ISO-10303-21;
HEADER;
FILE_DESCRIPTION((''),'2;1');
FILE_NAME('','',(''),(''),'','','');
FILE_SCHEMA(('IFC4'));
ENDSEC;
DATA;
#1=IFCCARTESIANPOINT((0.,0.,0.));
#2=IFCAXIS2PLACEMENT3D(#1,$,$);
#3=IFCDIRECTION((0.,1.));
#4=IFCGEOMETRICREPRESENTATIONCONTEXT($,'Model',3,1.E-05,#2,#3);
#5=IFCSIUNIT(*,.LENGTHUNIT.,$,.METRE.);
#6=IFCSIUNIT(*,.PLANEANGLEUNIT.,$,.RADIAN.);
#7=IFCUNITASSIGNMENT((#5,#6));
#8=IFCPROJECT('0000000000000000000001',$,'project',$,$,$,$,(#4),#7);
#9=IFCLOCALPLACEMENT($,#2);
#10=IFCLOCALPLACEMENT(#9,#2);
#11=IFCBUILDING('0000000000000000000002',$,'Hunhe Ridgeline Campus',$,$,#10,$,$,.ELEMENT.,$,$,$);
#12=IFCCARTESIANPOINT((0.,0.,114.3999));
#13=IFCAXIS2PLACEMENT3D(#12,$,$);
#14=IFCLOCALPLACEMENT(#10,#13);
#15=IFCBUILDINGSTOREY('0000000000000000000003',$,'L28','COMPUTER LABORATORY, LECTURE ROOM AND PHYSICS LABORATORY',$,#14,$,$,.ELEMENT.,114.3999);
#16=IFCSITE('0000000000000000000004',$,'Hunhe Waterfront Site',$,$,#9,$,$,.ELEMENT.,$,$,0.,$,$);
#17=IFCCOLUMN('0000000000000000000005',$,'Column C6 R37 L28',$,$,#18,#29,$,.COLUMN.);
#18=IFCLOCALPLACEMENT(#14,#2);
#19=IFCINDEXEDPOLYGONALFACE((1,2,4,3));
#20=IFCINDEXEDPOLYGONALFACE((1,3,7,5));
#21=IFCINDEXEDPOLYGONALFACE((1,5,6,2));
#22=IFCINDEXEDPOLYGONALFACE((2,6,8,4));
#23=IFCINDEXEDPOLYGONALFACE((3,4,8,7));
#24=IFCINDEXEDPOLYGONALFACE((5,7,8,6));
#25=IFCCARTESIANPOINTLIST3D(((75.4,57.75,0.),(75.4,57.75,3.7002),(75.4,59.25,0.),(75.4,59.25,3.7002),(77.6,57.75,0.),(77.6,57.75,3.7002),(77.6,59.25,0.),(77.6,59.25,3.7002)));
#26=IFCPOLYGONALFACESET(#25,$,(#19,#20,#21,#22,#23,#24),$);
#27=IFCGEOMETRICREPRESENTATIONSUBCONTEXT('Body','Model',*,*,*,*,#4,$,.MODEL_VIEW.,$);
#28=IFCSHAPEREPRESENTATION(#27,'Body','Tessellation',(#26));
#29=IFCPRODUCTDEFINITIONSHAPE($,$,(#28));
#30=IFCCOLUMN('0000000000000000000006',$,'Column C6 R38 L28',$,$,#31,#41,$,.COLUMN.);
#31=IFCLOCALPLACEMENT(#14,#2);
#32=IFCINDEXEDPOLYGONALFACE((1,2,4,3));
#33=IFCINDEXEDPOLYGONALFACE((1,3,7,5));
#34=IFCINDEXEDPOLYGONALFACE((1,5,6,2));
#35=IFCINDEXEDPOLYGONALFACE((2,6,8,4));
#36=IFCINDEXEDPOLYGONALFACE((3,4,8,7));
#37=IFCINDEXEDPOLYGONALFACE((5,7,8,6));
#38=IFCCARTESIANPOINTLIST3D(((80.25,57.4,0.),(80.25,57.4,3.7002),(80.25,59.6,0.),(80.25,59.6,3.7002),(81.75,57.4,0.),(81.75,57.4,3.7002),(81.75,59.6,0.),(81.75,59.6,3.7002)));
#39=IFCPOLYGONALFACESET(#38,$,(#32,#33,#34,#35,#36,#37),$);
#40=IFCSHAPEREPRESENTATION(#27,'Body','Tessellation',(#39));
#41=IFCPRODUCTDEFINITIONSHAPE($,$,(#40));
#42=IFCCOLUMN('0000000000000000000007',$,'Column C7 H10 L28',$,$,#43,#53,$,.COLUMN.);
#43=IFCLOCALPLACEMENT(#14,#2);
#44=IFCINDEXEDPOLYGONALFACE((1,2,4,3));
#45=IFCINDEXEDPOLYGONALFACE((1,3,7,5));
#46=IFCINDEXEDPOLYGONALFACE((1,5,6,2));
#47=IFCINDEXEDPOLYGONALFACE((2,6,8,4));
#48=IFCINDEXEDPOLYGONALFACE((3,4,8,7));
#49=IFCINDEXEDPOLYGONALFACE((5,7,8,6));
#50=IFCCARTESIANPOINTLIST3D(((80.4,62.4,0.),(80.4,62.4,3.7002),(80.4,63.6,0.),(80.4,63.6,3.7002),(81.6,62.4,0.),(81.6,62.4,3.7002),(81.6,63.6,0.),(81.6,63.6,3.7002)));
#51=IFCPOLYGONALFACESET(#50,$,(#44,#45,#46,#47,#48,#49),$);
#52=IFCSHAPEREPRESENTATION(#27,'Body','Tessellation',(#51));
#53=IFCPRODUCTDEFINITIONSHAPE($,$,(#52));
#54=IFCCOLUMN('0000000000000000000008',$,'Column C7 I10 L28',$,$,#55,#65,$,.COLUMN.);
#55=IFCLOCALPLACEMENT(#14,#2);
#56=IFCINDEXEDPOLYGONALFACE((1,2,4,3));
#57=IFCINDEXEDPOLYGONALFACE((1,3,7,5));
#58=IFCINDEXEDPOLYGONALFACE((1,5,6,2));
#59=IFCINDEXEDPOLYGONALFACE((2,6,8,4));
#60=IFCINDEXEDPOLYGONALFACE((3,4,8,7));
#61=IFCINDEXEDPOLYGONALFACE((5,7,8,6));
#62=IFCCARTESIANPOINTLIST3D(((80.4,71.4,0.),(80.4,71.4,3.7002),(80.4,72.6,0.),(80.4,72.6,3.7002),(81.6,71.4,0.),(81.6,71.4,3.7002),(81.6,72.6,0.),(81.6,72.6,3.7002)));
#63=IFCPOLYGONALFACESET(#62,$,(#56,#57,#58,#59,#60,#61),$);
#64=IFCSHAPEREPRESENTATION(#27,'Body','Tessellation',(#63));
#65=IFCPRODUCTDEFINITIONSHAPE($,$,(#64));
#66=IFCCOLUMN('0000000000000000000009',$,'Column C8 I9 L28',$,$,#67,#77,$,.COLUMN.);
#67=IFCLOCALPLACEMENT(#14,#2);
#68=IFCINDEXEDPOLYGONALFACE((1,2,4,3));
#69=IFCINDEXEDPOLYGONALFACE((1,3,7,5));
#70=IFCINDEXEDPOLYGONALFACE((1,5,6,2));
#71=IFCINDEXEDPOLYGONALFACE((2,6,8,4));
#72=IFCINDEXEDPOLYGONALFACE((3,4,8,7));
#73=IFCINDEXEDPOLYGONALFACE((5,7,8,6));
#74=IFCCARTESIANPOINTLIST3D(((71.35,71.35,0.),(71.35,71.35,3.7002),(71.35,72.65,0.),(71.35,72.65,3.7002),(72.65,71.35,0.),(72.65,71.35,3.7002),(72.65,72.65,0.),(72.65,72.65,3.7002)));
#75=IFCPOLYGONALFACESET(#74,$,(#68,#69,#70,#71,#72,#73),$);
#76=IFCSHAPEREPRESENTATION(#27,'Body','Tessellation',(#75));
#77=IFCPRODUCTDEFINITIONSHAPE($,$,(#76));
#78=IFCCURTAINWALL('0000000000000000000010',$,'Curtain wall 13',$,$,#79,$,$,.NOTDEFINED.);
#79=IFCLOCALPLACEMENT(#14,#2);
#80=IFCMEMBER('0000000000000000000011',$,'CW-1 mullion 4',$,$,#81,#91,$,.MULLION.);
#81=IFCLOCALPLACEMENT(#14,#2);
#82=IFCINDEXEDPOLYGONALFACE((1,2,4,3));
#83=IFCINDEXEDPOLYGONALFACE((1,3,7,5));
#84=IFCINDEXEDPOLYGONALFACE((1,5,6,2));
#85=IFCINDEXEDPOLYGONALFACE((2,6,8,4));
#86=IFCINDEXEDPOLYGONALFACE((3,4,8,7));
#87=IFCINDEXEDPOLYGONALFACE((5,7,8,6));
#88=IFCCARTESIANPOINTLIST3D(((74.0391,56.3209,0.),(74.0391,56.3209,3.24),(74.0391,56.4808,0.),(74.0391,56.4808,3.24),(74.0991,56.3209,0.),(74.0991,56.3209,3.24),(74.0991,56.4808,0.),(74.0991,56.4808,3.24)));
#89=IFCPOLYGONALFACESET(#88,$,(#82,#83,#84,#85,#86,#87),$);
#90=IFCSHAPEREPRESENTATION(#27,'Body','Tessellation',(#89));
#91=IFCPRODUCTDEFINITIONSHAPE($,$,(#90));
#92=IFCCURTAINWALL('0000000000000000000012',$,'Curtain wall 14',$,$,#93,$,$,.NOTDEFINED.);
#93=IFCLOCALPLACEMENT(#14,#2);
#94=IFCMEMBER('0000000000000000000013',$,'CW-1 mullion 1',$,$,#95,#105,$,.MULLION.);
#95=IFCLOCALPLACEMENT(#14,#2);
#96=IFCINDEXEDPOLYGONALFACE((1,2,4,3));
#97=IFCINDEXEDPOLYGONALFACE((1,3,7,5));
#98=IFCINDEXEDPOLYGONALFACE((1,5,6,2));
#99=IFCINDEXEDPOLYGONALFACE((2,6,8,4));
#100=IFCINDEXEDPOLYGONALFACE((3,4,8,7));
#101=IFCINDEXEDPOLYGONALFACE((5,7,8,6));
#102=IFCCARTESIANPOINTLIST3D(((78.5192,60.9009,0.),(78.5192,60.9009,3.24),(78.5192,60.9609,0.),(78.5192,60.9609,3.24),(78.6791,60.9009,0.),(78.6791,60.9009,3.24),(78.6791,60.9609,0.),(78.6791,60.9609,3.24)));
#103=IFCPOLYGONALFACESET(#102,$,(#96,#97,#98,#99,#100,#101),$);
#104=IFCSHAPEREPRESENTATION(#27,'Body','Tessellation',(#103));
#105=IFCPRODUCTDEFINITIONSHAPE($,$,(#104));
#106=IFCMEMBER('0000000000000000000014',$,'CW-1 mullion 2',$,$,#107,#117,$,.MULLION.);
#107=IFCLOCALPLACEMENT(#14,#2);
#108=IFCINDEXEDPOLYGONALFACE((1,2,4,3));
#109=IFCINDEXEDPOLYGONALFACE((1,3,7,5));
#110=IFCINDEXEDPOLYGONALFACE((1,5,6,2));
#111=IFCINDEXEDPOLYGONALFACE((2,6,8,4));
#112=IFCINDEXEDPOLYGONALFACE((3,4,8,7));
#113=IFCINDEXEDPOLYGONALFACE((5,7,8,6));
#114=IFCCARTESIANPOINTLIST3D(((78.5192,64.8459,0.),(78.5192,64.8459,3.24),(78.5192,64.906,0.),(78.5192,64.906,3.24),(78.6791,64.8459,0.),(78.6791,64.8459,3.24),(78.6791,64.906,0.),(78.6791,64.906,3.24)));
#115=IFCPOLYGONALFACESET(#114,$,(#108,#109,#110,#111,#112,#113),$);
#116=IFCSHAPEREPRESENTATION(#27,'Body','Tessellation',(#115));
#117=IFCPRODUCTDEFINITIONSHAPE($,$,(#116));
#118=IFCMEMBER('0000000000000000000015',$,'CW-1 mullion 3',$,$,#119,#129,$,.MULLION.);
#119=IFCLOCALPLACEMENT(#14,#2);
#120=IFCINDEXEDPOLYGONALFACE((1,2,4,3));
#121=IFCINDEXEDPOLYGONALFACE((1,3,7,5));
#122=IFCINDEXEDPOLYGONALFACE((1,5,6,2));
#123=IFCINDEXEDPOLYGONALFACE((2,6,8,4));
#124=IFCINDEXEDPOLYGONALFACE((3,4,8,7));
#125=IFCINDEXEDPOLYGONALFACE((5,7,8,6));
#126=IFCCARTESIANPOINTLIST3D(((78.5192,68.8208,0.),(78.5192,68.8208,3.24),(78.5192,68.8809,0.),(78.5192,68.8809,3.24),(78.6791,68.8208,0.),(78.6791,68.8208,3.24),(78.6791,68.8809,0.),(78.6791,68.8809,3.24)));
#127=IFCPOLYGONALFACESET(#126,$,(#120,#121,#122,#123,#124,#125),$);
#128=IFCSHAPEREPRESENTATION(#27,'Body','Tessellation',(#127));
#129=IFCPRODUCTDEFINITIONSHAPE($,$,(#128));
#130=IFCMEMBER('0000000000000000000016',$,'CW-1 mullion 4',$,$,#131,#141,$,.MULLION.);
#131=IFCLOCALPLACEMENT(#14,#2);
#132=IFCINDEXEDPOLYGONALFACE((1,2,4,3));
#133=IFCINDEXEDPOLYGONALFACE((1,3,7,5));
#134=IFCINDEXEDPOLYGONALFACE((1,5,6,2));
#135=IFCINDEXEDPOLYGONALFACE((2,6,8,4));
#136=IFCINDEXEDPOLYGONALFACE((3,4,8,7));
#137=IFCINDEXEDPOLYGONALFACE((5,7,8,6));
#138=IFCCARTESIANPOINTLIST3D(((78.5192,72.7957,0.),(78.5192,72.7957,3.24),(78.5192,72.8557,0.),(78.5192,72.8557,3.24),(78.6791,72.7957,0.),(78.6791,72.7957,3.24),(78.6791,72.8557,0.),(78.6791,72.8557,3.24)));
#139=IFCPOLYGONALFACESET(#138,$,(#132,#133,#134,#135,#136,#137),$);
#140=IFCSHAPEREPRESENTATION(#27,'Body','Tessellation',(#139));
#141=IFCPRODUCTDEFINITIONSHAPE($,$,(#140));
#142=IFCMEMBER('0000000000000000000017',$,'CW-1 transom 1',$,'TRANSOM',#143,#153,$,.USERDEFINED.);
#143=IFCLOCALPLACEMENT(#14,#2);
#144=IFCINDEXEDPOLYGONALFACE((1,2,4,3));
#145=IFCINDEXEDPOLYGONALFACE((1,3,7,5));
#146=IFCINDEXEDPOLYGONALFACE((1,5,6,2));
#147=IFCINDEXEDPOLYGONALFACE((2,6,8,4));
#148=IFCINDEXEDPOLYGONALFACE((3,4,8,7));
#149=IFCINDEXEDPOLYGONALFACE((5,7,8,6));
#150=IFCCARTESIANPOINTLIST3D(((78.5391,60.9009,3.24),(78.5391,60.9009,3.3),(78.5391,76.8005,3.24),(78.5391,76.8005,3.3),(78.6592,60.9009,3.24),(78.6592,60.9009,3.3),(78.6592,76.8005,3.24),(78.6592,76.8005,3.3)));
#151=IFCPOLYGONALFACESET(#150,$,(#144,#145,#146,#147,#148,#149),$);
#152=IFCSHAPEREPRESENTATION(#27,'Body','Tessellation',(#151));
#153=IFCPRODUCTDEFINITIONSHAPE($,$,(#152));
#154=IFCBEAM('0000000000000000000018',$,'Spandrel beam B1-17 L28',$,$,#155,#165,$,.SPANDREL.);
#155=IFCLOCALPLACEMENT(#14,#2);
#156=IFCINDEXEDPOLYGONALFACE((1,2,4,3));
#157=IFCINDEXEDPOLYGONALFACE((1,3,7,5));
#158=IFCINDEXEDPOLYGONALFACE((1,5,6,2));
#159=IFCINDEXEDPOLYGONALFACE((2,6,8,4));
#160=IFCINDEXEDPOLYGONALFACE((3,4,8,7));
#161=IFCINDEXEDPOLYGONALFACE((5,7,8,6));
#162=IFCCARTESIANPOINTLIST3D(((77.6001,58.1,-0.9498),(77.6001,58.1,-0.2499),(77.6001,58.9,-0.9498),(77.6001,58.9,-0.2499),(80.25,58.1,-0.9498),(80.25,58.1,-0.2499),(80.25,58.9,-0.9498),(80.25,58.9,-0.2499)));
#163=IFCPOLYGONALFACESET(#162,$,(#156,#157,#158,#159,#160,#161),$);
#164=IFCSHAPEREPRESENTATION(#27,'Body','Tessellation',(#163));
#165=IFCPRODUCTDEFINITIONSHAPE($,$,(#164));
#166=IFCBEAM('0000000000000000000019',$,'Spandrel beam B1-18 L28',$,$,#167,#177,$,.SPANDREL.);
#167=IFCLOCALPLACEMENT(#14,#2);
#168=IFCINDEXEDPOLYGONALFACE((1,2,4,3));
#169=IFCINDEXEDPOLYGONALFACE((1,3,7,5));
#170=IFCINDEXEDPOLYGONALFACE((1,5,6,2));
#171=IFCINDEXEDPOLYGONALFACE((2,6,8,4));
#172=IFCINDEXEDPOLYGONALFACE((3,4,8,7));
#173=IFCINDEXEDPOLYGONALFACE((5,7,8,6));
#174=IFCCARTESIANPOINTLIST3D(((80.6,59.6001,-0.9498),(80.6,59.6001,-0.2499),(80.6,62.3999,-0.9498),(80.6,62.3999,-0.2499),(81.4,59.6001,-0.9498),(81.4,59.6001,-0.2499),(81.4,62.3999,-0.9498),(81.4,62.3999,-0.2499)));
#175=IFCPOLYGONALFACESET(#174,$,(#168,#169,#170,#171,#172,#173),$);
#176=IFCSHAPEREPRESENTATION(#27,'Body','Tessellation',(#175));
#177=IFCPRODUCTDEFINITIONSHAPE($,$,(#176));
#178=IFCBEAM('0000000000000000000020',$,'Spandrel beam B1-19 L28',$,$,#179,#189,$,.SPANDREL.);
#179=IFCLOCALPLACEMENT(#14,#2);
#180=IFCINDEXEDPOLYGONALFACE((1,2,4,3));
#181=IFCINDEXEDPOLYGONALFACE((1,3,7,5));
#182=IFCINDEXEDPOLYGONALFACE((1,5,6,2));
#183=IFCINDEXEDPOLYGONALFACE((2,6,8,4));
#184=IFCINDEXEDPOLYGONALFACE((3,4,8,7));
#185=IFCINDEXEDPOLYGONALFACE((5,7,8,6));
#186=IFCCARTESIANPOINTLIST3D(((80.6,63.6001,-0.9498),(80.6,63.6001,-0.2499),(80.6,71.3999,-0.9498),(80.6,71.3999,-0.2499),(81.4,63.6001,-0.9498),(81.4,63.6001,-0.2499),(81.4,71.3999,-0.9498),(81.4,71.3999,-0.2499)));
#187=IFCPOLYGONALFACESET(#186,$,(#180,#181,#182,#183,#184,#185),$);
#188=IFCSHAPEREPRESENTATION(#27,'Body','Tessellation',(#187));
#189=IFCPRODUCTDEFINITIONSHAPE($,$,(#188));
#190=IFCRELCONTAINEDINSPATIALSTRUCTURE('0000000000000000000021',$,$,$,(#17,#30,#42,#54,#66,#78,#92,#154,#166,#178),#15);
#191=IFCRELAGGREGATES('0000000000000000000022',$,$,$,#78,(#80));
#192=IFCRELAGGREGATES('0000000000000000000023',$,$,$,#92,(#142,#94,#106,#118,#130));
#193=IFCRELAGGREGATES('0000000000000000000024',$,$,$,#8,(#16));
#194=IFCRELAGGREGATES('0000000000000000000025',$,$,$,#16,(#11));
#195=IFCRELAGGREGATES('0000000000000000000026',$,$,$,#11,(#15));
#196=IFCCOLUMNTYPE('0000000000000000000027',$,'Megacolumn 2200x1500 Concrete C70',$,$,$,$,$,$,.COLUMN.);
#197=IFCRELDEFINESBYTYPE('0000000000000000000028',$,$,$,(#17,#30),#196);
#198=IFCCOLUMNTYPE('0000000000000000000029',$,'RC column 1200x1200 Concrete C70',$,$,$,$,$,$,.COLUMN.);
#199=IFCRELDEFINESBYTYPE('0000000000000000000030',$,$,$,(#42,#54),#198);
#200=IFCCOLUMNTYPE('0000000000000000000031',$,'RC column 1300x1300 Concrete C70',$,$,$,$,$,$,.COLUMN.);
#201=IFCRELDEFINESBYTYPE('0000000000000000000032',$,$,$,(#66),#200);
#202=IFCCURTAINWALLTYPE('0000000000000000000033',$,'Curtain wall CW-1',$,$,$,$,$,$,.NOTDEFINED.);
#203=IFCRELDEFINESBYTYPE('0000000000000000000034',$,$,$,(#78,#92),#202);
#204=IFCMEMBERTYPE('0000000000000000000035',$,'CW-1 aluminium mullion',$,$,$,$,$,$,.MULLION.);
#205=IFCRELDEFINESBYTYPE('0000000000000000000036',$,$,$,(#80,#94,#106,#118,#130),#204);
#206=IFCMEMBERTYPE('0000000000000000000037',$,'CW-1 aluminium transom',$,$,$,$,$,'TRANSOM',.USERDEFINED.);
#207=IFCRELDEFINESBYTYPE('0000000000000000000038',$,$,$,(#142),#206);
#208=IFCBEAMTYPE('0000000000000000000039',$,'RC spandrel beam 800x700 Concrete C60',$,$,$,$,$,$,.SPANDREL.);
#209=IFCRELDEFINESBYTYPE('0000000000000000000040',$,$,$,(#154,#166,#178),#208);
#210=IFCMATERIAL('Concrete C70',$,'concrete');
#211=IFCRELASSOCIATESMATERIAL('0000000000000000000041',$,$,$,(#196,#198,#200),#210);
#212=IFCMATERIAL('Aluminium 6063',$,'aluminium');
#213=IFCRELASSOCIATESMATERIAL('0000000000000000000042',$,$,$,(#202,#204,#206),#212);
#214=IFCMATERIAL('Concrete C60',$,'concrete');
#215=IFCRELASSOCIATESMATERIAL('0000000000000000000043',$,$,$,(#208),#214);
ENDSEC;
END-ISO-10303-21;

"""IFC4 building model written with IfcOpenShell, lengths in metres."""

from ifc_helpers import new_model, si_unit, direction, frame, origin, origin_2d, place, context, subcontext, project, spatial, rectangle, extrude, material, material_profile, profile_set, type_object, element, aggregate, save


model = new_model("IFC4")

# Units and contexts
model_context = context("Model", 3, precision=1e-05, world=origin(), true_north=direction((0.0, 1.0)))
body_context = subcontext(model_context, "Body", "Model", "MODEL_VIEW")
ifc_project = project(units=[si_unit("LENGTHUNIT", "METRE"), si_unit("PLANEANGLEUNIT", "RADIAN")], contexts=[model_context])

# Site, building, storey
site_placement = place(None, origin())
site = spatial("IfcSite", under=ifc_project, at=site_placement, Name="Hunhe Waterfront Site", CompositionType="ELEMENT", RefElevation=0.0)
building_placement = place(site_placement, origin())
building = spatial("IfcBuilding", under=site, at=building_placement, Name="Hunhe Ridgeline Campus", CompositionType="ELEMENT")
storey_placement = place(building_placement, frame((0.0, 0.0, 114.3999)))
storey = spatial("IfcBuildingStorey", under=building, at=storey_placement, Name="L28", Description="COMPUTER LABORATORY, LECTURE ROOM AND PHYSICS LABORATORY", CompositionType="ELEMENT", Elevation=114.3999)

# Columns
ifc_material_1 = material(Name="Concrete C70", Category="concrete")
ifc_material_profile_1 = material_profile(ifc_material_1, rectangle(XDim=2.2, YDim=1.5, at=origin_2d()))
ifc_profile_set_1 = profile_set([ifc_material_profile_1], Name="Concrete C70")
column_type_1 = type_object("IfcColumnType", Name="Megacolumn 2200x1500 Concrete C70", PredefinedType="COLUMN", material=ifc_profile_set_1)
for number, where, z_axis, x_axis, name in (
    (1, (76.5, 58.5, 0.0), (0.0, 0.0, 1.0), (1.0, 0.0, 0.0), "Column C6 R37 L28"),
    (2, (81.0, 58.5, 0.0), (0.0, 0.0, 1.0), (0.0, 1.0, 0.0), "Column C6 R38 L28"),
):
    element("IfcColumn", number, at=place(storey_placement, frame(where, z_axis=z_axis, x_axis=x_axis)), inside=storey, type_object=column_type_1, Name=name, PredefinedType="COLUMN", context=body_context, shape_type="SweptSolid", body=[
        extrude(rectangle(XDim=2.2, YDim=1.5, at=origin_2d()), origin(), (0.0, 0.0, 1.0), 3.7002),
    ])
ifc_material_profile_2 = material_profile(ifc_material_1, rectangle(XDim=1.2, YDim=1.2, at=origin_2d()))
ifc_profile_set_2 = profile_set([ifc_material_profile_2], Name="Concrete C70")
column_type_2 = type_object("IfcColumnType", Name="RC column 1200x1200 Concrete C70", PredefinedType="COLUMN", material=ifc_profile_set_2)
for number, where, z_axis, x_axis, name in (
    (3, (81.0, 63.0, 0.0), (0.0, 0.0, 1.0), (1.0, 0.0, 0.0), "Column C7 H10 L28"),
    (4, (81.0, 72.0, 0.0), (0.0, 0.0, 1.0), (1.0, 0.0, 0.0), "Column C7 I10 L28"),
):
    element("IfcColumn", number, at=place(storey_placement, frame(where, z_axis=z_axis, x_axis=x_axis)), inside=storey, type_object=column_type_2, Name=name, PredefinedType="COLUMN", context=body_context, shape_type="SweptSolid", body=[
        extrude(rectangle(XDim=1.2, YDim=1.2, at=origin_2d()), origin(), (0.0, 0.0, 1.0), 3.7002),
    ])
ifc_material_profile_3 = material_profile(ifc_material_1, rectangle(XDim=1.3, YDim=1.3, at=origin_2d()))
ifc_profile_set_3 = profile_set([ifc_material_profile_3], Name="Concrete C70")
column_type_3 = type_object("IfcColumnType", Name="RC column 1300x1300 Concrete C70", PredefinedType="COLUMN", material=ifc_profile_set_3)
column_placement = place(storey_placement, frame((72.0, 72.0, 0.0), z_axis=(0.0, 0.0, 1.0), x_axis=(1.0, 0.0, 0.0)))
element("IfcColumn", 5, at=column_placement, inside=storey, type_object=column_type_3, Name="Column C8 I9 L28", PredefinedType="COLUMN", context=body_context, shape_type="SweptSolid", body=[
    extrude(rectangle(XDim=1.3, YDim=1.3, at=origin_2d()), origin(), (0.0, 0.0, 1.0), 3.7002),
])

# Curtain wall, member
ifc_material_2 = material(Name="Aluminium 6063", Category="aluminium")
curtain_wall_type = type_object("IfcCurtainWallType", Name="Curtain wall CW-1", PredefinedType="NOTDEFINED", material=ifc_material_2)
curtain_wall_1_placement = place(storey_placement, origin())
curtain_wall_1 = element("IfcCurtainWall", 6, at=curtain_wall_1_placement, inside=storey, type_object=curtain_wall_type, Name="Curtain wall 13", PredefinedType="NOTDEFINED")
ifc_material_profile_4 = material_profile(ifc_material_2, rectangle(XDim=0.1599, YDim=0.0601, at=origin_2d()))
ifc_profile_set_4 = profile_set([ifc_material_profile_4], Name="Aluminium 6063")
member_type_1 = type_object("IfcMemberType", Name="CW-1 aluminium mullion", PredefinedType="MULLION", material=ifc_profile_set_4)
member_1_placement = place(storey_placement, frame((74.0691, 56.4009, 0.0), z_axis=(0.0, 0.0, 1.0), x_axis=(0.0, 1.0, 0.0)))
member_1 = element("IfcMember", 7, at=member_1_placement, type_object=member_type_1, Name="CW-1 mullion 4", PredefinedType="MULLION", context=body_context, shape_type="SweptSolid", body=[
    extrude(rectangle(XDim=0.1599, YDim=0.0601, at=origin_2d()), origin(), (0.0, 0.0, 1.0), 3.24),
])
aggregate(curtain_wall_1, [member_1])

# Curtain wall, members
curtain_wall_2_placement = place(storey_placement, origin())
curtain_wall_2 = element("IfcCurtainWall", 8, at=curtain_wall_2_placement, inside=storey, type_object=curtain_wall_type, Name="Curtain wall 14", PredefinedType="NOTDEFINED")
member_2_placement = place(storey_placement, frame((78.5991, 60.9309, 0.0), z_axis=(0.0, 0.0, 1.0), x_axis=(-1.0, 0.0, 0.0)))
member_2 = element("IfcMember", 9, at=member_2_placement, type_object=member_type_1, Name="CW-1 mullion 1", PredefinedType="MULLION", context=body_context, shape_type="SweptSolid", body=[
    extrude(rectangle(XDim=0.1599, YDim=0.0601, at=origin_2d()), origin(), (0.0, 0.0, 1.0), 3.24),
])
member_3_placement = place(storey_placement, frame((78.5991, 64.876, 0.0), z_axis=(0.0, 0.0, 1.0), x_axis=(-1.0, 0.0, 0.0)))
member_3 = element("IfcMember", 10, at=member_3_placement, type_object=member_type_1, Name="CW-1 mullion 2", PredefinedType="MULLION", context=body_context, shape_type="SweptSolid", body=[
    extrude(rectangle(XDim=0.1599, YDim=0.0601, at=origin_2d()), origin(), (0.0, 0.0, 1.0), 3.24),
])
member_4_placement = place(storey_placement, frame((78.5991, 68.8508, 0.0), z_axis=(0.0, 0.0, 1.0), x_axis=(-1.0, 0.0, 0.0)))
member_4 = element("IfcMember", 11, at=member_4_placement, type_object=member_type_1, Name="CW-1 mullion 3", PredefinedType="MULLION", context=body_context, shape_type="SweptSolid", body=[
    extrude(rectangle(XDim=0.1599, YDim=0.0601, at=origin_2d()), origin(), (0.0, 0.0, 1.0), 3.24),
])
member_5_placement = place(storey_placement, frame((78.5991, 72.8257, 0.0), z_axis=(0.0, 0.0, 1.0), x_axis=(-1.0, 0.0, 0.0)))
member_5 = element("IfcMember", 12, at=member_5_placement, type_object=member_type_1, Name="CW-1 mullion 4", PredefinedType="MULLION", context=body_context, shape_type="SweptSolid", body=[
    extrude(rectangle(XDim=0.1599, YDim=0.0601, at=origin_2d()), origin(), (0.0, 0.0, 1.0), 3.24),
])
ifc_material_profile_5 = material_profile(ifc_material_2, rectangle(XDim=0.1201, YDim=0.0601, at=origin_2d()))
ifc_profile_set_5 = profile_set([ifc_material_profile_5], Name="Aluminium 6063")
member_type_2 = type_object("IfcMemberType", Name="CW-1 aluminium transom", ElementType="TRANSOM", PredefinedType="USERDEFINED", material=ifc_profile_set_5)
member_6_placement = place(storey_placement, frame((78.5991, 60.9009, 3.27), z_axis=(0.0, 1.0, 0.0), x_axis=(-1.0, 0.0, 0.0)))
member_6 = element("IfcMember", 13, at=member_6_placement, type_object=member_type_2, Name="CW-1 transom 1", ObjectType="TRANSOM", PredefinedType="USERDEFINED", context=body_context, shape_type="SweptSolid", body=[
    extrude(rectangle(XDim=0.1201, YDim=0.0601, at=origin_2d()), origin(), (0.0, 0.0, 1.0), 15.8997),
])

# Beams
ifc_material_3 = material(Name="Concrete C60", Category="concrete")
ifc_material_profile_6 = material_profile(ifc_material_3, rectangle(XDim=0.8, YDim=0.7, at=origin_2d()))
ifc_profile_set_6 = profile_set([ifc_material_profile_6], Name="Concrete C60")
beam_type = type_object("IfcBeamType", Name="RC spandrel beam 800x700 Concrete C60", PredefinedType="SPANDREL", material=ifc_profile_set_6)
beam_1_placement = place(storey_placement, frame((77.6001, 58.5, -0.5999), z_axis=(1.0, 0.0, 0.0), x_axis=(0.0, 1.0, 0.0)))
element("IfcBeam", 14, at=beam_1_placement, inside=storey, type_object=beam_type, Name="Spandrel beam B1-17 L28", PredefinedType="SPANDREL", context=body_context, shape_type="SweptSolid", body=[
    extrude(rectangle(XDim=0.8, YDim=0.7, at=origin_2d()), origin(), (0.0, 0.0, 1.0), 2.6499),
])
beam_2_placement = place(storey_placement, frame((81.0, 59.6001, -0.5999), z_axis=(0.0, 1.0, 0.0), x_axis=(-1.0, 0.0, 0.0)))
element("IfcBeam", 15, at=beam_2_placement, inside=storey, type_object=beam_type, Name="Spandrel beam B1-18 L28", PredefinedType="SPANDREL", context=body_context, shape_type="SweptSolid", body=[
    extrude(rectangle(XDim=0.8, YDim=0.7, at=origin_2d()), origin(), (0.0, 0.0, 1.0), 2.7998),
])
for number, where, z_axis, x_axis, name in (
    (16, (81.0, 63.6001, -0.5999), (0.0, 1.0, 0.0), (-1.0, 0.0, 0.0), "Spandrel beam B1-19 L28"),
):
    element("IfcBeam", number, at=place(storey_placement, frame(where, z_axis=z_axis, x_axis=x_axis)), inside=storey, type_object=beam_type, Name=name, PredefinedType="SPANDREL", context=body_context, shape_type="SweptSolid", body=[
        extrude(rectangle(XDim=0.8, YDim=0.7, at=origin_2d()), origin(), (0.0, 0.0, 1.0), 7.7998),
    ])

aggregate(curtain_wall_2, [member_6, member_2, member_3, member_4, member_5])

save(model, "model.ifc")
